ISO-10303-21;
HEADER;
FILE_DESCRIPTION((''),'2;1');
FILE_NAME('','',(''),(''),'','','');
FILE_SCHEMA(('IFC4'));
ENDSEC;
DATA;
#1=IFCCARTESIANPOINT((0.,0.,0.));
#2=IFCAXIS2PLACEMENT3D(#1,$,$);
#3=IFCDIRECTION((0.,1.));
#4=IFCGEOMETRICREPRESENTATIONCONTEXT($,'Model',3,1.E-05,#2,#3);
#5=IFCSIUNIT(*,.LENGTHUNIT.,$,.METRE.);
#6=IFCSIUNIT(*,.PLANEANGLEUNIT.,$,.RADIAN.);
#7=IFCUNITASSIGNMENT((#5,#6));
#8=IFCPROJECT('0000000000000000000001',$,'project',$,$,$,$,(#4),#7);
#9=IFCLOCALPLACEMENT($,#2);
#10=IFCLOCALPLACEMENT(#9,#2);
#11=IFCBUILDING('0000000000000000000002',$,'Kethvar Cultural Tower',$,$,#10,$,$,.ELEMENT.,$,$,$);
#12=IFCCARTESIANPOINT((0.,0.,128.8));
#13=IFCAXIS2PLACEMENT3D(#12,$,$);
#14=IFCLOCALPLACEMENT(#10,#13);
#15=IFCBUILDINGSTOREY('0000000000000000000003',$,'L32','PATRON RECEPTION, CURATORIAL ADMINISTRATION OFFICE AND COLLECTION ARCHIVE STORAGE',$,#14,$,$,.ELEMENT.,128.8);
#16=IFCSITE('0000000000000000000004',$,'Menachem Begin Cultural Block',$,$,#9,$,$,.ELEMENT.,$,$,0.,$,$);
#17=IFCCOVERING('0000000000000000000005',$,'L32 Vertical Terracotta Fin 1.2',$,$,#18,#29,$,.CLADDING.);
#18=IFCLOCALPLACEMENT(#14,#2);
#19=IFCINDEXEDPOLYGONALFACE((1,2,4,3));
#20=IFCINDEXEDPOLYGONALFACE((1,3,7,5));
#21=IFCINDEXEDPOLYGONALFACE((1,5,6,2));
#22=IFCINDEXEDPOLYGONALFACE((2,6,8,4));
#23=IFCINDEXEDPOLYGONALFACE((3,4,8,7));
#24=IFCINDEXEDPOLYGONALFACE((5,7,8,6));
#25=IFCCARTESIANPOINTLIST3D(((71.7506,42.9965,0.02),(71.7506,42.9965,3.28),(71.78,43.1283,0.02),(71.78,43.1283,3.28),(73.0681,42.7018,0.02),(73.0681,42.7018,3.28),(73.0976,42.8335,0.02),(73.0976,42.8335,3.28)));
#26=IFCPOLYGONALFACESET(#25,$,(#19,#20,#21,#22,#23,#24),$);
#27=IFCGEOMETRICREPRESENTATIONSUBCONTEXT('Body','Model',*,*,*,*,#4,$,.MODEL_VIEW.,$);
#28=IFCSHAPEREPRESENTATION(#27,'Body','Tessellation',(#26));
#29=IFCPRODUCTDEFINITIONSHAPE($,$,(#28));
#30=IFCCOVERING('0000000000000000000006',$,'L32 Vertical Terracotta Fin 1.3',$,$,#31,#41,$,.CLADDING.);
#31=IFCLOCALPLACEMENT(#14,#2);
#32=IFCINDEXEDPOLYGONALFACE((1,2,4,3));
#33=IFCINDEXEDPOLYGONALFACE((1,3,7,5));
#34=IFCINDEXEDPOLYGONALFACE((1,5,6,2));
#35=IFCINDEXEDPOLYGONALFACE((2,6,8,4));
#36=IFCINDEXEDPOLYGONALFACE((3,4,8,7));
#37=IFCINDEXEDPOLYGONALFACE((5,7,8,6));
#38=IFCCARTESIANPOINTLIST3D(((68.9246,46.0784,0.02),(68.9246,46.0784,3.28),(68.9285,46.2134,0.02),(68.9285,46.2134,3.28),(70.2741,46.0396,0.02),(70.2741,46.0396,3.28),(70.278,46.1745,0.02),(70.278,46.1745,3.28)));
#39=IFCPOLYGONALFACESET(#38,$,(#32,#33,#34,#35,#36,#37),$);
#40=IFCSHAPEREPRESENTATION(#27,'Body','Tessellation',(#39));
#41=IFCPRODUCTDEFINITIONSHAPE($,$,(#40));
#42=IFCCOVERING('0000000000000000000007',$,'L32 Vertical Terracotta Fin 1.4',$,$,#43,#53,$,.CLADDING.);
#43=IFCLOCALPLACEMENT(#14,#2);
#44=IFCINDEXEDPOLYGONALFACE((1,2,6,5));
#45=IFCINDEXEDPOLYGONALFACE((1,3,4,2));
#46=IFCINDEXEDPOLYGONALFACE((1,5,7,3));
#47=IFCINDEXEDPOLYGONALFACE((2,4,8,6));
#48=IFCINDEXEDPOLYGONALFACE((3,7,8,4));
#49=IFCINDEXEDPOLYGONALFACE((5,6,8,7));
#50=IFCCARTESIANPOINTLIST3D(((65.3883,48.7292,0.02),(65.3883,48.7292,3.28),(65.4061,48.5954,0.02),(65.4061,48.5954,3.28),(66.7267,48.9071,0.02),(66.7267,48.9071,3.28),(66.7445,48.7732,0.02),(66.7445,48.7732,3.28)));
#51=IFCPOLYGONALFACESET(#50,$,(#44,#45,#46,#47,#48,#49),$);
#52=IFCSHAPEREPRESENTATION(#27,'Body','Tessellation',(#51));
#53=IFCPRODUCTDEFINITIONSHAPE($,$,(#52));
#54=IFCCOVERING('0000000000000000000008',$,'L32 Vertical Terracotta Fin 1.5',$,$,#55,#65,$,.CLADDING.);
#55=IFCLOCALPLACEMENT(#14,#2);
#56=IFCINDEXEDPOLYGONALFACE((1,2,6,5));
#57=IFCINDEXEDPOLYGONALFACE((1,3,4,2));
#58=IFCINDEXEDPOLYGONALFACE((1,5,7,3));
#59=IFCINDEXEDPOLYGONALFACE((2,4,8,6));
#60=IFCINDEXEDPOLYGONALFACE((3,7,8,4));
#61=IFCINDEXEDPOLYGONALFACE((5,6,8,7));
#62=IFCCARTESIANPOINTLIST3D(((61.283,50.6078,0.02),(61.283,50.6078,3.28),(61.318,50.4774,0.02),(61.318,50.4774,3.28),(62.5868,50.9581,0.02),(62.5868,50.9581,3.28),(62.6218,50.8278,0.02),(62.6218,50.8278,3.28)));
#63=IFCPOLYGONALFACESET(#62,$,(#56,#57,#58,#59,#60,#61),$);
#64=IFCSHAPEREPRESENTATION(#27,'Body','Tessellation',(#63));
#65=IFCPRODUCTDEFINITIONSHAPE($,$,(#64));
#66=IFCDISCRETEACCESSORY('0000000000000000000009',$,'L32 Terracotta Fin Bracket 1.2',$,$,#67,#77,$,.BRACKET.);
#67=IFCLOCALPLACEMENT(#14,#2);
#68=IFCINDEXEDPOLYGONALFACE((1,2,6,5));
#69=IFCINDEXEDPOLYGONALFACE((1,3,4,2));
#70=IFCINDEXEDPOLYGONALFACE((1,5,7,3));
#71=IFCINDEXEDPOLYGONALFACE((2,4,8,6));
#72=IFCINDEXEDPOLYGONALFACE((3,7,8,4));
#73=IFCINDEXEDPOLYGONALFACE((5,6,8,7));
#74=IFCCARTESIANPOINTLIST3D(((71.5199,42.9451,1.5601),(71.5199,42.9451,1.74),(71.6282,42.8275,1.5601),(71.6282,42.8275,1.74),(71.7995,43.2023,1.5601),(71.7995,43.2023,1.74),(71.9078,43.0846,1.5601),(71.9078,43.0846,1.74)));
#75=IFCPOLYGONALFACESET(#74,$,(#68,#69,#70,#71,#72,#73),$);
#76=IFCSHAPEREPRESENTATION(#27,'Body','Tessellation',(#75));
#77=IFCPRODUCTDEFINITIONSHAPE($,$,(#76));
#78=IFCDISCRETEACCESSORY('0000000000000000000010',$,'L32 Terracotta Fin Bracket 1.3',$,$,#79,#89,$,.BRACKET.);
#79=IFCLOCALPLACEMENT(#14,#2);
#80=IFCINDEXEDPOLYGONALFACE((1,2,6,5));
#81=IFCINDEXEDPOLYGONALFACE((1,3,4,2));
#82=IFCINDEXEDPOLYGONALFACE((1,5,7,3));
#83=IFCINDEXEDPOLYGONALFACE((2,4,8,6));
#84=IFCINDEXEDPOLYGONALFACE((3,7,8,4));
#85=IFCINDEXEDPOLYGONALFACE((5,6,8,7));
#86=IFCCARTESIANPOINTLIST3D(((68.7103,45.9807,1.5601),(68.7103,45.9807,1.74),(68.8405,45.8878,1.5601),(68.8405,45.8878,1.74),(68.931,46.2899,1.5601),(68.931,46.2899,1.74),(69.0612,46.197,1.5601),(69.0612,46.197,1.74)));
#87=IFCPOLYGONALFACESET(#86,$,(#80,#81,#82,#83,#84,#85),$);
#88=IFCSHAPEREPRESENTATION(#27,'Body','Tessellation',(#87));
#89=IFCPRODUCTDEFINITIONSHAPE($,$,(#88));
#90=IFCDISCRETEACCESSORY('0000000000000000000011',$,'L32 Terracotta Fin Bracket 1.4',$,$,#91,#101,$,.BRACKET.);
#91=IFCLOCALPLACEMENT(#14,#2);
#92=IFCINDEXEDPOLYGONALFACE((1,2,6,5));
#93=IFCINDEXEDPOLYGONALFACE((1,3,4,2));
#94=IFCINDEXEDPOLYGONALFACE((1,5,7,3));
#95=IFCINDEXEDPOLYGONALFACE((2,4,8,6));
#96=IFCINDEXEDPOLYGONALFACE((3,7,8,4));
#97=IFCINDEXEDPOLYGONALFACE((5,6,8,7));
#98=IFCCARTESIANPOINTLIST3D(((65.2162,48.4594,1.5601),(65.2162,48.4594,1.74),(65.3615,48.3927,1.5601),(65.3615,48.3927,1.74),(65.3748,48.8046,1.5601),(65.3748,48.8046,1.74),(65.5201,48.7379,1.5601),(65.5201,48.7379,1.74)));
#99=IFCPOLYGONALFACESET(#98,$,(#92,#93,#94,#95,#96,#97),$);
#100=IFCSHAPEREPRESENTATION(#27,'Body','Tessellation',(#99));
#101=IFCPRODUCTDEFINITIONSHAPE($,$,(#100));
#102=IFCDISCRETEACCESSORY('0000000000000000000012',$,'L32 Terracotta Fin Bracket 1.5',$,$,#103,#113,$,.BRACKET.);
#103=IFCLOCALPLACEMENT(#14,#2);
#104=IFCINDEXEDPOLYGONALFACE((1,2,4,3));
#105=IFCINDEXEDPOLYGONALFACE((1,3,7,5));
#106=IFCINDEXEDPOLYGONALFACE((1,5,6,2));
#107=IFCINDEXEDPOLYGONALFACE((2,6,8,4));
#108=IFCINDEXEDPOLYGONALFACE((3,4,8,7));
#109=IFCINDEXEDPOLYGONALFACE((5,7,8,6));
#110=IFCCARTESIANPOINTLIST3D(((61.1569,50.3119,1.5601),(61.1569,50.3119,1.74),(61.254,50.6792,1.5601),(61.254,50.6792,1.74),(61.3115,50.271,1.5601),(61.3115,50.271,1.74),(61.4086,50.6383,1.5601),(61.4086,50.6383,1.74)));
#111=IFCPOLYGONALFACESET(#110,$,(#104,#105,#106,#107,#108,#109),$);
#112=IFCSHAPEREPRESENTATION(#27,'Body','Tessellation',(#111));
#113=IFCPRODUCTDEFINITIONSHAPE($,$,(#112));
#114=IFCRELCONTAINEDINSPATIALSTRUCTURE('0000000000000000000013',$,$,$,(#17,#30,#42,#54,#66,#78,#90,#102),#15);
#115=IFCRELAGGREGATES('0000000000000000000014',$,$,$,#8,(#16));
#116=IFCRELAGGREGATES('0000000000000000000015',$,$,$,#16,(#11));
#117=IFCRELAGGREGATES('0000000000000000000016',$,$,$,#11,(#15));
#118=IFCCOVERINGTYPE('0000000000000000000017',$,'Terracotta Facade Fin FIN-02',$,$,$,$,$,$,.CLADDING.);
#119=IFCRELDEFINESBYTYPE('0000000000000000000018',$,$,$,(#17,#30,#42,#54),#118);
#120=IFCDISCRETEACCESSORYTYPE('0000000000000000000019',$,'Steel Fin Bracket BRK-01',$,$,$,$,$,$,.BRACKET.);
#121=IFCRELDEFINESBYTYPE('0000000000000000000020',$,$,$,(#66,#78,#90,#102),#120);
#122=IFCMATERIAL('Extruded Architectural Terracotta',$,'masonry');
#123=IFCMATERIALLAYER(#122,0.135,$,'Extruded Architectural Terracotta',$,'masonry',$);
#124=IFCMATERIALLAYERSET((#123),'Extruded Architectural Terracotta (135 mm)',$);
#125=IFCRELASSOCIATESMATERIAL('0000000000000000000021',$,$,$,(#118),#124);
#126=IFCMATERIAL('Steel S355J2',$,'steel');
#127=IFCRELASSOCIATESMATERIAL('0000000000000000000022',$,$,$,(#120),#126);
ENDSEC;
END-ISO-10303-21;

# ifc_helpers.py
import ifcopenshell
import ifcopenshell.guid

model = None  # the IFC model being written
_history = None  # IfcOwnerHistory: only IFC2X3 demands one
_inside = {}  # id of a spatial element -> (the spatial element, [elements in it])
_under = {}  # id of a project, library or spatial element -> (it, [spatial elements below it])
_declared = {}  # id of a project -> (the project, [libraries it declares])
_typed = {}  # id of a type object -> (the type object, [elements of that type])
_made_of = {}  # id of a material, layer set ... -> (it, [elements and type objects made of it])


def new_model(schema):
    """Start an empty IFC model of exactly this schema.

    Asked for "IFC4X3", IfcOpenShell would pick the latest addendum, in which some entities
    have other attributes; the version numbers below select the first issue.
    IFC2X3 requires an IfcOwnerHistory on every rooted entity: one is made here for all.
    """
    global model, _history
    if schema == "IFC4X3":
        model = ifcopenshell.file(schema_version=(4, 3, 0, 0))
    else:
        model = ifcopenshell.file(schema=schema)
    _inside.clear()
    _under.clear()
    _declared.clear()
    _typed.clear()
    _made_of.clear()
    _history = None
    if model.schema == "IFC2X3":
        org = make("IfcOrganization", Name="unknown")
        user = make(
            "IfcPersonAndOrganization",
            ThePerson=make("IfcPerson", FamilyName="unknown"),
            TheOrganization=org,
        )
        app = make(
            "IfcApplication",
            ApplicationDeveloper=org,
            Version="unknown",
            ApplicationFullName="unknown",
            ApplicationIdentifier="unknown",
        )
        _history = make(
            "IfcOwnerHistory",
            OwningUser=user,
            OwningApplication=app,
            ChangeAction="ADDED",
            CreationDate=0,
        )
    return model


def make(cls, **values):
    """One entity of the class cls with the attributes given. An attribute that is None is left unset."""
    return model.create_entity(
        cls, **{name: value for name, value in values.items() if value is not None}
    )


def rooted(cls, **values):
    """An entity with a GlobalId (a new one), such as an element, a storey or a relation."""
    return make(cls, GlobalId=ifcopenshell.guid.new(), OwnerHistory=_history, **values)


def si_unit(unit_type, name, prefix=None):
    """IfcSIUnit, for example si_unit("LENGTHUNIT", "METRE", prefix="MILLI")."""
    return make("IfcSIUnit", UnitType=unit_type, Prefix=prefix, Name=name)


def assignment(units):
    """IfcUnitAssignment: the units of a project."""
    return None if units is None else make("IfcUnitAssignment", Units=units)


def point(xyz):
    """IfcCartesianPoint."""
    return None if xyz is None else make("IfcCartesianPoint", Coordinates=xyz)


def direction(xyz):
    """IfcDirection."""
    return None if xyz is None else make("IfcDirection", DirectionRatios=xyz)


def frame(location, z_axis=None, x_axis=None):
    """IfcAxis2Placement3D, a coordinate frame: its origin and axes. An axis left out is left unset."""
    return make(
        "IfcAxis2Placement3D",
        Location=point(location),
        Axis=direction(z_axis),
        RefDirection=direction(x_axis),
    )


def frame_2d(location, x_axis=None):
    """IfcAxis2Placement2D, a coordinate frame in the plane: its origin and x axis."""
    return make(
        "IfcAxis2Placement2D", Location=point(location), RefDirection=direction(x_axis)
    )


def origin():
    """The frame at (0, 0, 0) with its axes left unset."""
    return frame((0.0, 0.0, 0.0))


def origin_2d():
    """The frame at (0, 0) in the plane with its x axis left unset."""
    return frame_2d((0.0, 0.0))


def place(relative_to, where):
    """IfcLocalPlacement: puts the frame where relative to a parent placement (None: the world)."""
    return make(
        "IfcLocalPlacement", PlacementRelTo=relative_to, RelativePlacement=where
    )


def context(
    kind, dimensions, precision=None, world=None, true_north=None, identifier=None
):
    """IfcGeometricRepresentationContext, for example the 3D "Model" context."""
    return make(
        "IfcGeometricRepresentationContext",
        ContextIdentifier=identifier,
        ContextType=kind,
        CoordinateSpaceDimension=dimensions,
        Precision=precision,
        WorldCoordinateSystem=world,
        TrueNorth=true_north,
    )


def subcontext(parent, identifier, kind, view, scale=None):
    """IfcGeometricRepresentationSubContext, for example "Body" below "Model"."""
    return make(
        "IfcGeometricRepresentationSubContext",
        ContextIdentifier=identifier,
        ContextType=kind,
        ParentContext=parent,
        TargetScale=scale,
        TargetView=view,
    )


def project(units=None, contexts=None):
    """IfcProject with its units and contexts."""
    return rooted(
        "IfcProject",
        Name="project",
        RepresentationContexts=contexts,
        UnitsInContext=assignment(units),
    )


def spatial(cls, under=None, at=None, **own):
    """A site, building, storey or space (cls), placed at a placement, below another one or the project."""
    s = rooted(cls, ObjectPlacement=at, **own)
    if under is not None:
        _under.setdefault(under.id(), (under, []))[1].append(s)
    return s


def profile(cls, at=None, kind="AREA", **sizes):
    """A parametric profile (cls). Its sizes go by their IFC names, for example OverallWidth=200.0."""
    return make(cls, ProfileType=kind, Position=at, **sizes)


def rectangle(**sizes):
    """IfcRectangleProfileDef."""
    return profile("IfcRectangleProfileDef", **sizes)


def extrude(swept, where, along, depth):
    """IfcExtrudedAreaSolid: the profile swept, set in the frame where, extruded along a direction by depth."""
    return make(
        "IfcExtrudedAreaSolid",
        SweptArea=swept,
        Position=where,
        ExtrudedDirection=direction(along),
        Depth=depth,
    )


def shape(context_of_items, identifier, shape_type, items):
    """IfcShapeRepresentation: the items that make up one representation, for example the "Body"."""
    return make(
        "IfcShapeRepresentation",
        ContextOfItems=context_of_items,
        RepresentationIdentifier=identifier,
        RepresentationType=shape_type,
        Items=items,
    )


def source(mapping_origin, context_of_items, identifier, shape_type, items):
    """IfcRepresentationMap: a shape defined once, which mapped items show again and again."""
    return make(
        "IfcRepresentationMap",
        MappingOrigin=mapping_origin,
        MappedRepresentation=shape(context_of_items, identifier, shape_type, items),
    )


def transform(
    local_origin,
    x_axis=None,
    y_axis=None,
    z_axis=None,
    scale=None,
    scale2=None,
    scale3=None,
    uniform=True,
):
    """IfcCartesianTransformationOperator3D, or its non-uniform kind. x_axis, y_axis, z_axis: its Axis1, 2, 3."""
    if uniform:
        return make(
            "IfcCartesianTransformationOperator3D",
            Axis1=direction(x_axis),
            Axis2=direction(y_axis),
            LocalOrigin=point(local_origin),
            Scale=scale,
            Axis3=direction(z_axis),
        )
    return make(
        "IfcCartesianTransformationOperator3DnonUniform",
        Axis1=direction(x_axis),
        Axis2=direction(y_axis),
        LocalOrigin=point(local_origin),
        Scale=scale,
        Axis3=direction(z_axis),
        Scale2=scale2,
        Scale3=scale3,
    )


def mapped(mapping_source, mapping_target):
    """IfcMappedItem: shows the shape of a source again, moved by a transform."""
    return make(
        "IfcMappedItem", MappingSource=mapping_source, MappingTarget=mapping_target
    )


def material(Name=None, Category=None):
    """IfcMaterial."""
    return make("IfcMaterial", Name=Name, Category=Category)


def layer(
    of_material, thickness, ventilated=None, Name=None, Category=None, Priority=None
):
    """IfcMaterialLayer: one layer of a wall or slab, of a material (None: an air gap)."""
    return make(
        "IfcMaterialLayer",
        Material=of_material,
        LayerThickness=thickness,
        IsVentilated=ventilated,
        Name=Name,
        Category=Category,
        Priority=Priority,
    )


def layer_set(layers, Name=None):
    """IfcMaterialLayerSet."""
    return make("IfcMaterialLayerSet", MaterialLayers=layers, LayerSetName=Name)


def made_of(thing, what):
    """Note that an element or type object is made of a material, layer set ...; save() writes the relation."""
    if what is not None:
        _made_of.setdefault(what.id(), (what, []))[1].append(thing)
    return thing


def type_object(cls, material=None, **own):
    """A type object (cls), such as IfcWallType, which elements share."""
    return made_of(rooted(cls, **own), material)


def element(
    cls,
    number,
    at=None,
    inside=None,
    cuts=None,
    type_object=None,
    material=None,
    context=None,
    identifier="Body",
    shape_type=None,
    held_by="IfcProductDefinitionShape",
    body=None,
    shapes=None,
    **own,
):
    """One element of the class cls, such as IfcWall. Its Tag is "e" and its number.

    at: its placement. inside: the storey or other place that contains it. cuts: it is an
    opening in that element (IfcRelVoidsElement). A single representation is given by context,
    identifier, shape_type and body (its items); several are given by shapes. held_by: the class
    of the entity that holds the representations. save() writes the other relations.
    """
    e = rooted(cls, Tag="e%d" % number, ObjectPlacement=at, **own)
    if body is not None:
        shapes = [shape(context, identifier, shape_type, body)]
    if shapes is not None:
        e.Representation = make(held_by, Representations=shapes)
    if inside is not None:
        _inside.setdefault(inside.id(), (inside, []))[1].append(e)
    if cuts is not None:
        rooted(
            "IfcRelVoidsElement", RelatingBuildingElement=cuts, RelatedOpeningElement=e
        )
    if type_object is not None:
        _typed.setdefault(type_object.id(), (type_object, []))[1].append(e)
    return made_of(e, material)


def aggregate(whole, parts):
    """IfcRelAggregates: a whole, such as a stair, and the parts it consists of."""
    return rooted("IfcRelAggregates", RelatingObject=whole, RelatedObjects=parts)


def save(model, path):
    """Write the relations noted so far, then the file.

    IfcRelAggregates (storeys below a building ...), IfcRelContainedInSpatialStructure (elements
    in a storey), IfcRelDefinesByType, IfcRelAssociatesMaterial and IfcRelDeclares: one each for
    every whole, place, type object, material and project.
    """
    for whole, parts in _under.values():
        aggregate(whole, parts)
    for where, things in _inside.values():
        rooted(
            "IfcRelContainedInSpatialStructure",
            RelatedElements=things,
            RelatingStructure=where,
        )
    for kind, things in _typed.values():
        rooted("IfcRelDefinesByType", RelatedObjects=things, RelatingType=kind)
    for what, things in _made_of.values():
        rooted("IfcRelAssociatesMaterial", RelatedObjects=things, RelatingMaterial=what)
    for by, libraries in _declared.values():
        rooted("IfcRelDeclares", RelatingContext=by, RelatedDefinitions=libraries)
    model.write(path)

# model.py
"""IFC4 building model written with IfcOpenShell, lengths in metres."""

from ifc_helpers import new_model, si_unit, direction, frame, origin, origin_2d, place, context, subcontext, project, spatial, rectangle, extrude, source, transform, mapped, material, layer, layer_set, type_object, element, save


model = new_model("IFC4")

# Units and contexts
model_context = context("Model", 3, precision=1e-05, world=origin(), true_north=direction((0.0, 1.0)))
body_context = subcontext(model_context, "Body", "Model", "MODEL_VIEW")
ifc_project = project(units=[si_unit("LENGTHUNIT", "METRE"), si_unit("PLANEANGLEUNIT", "RADIAN")], contexts=[model_context])

# Site, building, storey
site_placement = place(None, origin())
site = spatial("IfcSite", under=ifc_project, at=site_placement, Name="Menachem Begin Cultural Block", CompositionType="ELEMENT", RefElevation=0.0)
building_placement = place(site_placement, origin())
building = spatial("IfcBuilding", under=site, at=building_placement, Name="Kethvar Cultural Tower", CompositionType="ELEMENT")
storey_placement = place(building_placement, frame((0.0, 0.0, 128.8)))
storey = spatial("IfcBuildingStorey", under=building, at=storey_placement, Name="L32", Description="PATRON RECEPTION, CURATORIAL ADMINISTRATION OFFICE AND COLLECTION ARCHIVE STORAGE", CompositionType="ELEMENT", Elevation=128.8)

# Shared definitions
ifc_material_1 = material(Name="Steel S355J2", Category="steel")

# Coverings
ifc_material_2 = material(Name="Extruded Architectural Terracotta", Category="masonry")
ifc_layer_1 = layer(ifc_material_2, 0.135, Name="Extruded Architectural Terracotta", Category="masonry")
ifc_layer_set_1 = layer_set([ifc_layer_1], Name="Extruded Architectural Terracotta (135 mm)")
covering_type = type_object("IfcCoveringType", Name="Terracotta Facade Fin FIN-02", PredefinedType="CLADDING", material=ifc_layer_set_1)
shared_shape_1 = source(origin(), body_context, "Body", "SweptSolid", [
    extrude(rectangle(XDim=1.3501, YDim=0.135, at=origin_2d()), origin(), (0.0, 0.0, 1.0), 3.26),
])
for number, where, z_axis, x_axis, name in (
    (1, (72.4241, 42.915, 0.02), (0.0, 0.0, 1.0), (0.975879, -0.218314, 0.0), "L32 Vertical Terracotta Fin 1.2"),
    (2, (69.6013, 46.1265, 0.02), (0.0, 0.0, 1.0), (0.999585, -0.028794, 0.0), "L32 Vertical Terracotta Fin 1.3"),
    (3, (66.0664, 48.7512, 0.02), (0.0, 0.0, 1.0), (0.991285, 0.131737, 0.0), "L32 Vertical Terracotta Fin 1.4"),
    (4, (61.9524, 50.7178, 0.02), (0.0, 0.0, 1.0), (0.965745, 0.259493, 0.0), "L32 Vertical Terracotta Fin 1.5"),
):
    element("IfcCovering", number, at=place(storey_placement, frame(where, z_axis=z_axis, x_axis=x_axis)), inside=storey, type_object=covering_type, Name=name, PredefinedType="CLADDING", context=body_context, shape_type="MappedRepresentation", body=[
        mapped(shared_shape_1, transform((0.0, 0.0, 0.0), scale=1.0)),
    ])

# Discrete accessories
discrete_accessory_type = type_object("IfcDiscreteAccessoryType", Name="Steel Fin Bracket BRK-01", PredefinedType="BRACKET", material=ifc_material_1)
shared_shape_2 = source(origin(), body_context, "Body", "SweptSolid", [
    extrude(rectangle(XDim=0.3799, YDim=0.1599, at=origin_2d()), origin(), (0.0, 0.0, 1.0), 0.1799),
])
for number, where, z_axis, x_axis, name in (
    (5, (71.7139, 43.0149, 1.5601), (0.0, 0.0, 1.0), (0.735979, 0.677004, 0.0), "L32 Terracotta Fin Bracket 1.2"),
    (6, (68.8857, 46.0889, 1.5601), (0.0, 0.0, 1.0), (0.580845, 0.814014, 0.0), "L32 Terracotta Fin Bracket 1.3"),
    (7, (65.3682, 48.5986, 1.5601), (0.0, 0.0, 1.0), (0.417391, 0.908727, 0.0), "L32 Terracotta Fin Bracket 1.4"),
    (8, (61.2827, 50.4751, 1.5601), (0.0, 0.0, 1.0), (0.255614, 0.966779, 0.0), "L32 Terracotta Fin Bracket 1.5"),
):
    element("IfcDiscreteAccessory", number, at=place(storey_placement, frame(where, z_axis=z_axis, x_axis=x_axis)), inside=storey, type_object=discrete_accessory_type, Name=name, PredefinedType="BRACKET", context=body_context, shape_type="MappedRepresentation", body=[
        mapped(shared_shape_2, transform((0.0, 0.0, 0.0), scale=1.0)),
    ])

save(model, "model.ifc")
